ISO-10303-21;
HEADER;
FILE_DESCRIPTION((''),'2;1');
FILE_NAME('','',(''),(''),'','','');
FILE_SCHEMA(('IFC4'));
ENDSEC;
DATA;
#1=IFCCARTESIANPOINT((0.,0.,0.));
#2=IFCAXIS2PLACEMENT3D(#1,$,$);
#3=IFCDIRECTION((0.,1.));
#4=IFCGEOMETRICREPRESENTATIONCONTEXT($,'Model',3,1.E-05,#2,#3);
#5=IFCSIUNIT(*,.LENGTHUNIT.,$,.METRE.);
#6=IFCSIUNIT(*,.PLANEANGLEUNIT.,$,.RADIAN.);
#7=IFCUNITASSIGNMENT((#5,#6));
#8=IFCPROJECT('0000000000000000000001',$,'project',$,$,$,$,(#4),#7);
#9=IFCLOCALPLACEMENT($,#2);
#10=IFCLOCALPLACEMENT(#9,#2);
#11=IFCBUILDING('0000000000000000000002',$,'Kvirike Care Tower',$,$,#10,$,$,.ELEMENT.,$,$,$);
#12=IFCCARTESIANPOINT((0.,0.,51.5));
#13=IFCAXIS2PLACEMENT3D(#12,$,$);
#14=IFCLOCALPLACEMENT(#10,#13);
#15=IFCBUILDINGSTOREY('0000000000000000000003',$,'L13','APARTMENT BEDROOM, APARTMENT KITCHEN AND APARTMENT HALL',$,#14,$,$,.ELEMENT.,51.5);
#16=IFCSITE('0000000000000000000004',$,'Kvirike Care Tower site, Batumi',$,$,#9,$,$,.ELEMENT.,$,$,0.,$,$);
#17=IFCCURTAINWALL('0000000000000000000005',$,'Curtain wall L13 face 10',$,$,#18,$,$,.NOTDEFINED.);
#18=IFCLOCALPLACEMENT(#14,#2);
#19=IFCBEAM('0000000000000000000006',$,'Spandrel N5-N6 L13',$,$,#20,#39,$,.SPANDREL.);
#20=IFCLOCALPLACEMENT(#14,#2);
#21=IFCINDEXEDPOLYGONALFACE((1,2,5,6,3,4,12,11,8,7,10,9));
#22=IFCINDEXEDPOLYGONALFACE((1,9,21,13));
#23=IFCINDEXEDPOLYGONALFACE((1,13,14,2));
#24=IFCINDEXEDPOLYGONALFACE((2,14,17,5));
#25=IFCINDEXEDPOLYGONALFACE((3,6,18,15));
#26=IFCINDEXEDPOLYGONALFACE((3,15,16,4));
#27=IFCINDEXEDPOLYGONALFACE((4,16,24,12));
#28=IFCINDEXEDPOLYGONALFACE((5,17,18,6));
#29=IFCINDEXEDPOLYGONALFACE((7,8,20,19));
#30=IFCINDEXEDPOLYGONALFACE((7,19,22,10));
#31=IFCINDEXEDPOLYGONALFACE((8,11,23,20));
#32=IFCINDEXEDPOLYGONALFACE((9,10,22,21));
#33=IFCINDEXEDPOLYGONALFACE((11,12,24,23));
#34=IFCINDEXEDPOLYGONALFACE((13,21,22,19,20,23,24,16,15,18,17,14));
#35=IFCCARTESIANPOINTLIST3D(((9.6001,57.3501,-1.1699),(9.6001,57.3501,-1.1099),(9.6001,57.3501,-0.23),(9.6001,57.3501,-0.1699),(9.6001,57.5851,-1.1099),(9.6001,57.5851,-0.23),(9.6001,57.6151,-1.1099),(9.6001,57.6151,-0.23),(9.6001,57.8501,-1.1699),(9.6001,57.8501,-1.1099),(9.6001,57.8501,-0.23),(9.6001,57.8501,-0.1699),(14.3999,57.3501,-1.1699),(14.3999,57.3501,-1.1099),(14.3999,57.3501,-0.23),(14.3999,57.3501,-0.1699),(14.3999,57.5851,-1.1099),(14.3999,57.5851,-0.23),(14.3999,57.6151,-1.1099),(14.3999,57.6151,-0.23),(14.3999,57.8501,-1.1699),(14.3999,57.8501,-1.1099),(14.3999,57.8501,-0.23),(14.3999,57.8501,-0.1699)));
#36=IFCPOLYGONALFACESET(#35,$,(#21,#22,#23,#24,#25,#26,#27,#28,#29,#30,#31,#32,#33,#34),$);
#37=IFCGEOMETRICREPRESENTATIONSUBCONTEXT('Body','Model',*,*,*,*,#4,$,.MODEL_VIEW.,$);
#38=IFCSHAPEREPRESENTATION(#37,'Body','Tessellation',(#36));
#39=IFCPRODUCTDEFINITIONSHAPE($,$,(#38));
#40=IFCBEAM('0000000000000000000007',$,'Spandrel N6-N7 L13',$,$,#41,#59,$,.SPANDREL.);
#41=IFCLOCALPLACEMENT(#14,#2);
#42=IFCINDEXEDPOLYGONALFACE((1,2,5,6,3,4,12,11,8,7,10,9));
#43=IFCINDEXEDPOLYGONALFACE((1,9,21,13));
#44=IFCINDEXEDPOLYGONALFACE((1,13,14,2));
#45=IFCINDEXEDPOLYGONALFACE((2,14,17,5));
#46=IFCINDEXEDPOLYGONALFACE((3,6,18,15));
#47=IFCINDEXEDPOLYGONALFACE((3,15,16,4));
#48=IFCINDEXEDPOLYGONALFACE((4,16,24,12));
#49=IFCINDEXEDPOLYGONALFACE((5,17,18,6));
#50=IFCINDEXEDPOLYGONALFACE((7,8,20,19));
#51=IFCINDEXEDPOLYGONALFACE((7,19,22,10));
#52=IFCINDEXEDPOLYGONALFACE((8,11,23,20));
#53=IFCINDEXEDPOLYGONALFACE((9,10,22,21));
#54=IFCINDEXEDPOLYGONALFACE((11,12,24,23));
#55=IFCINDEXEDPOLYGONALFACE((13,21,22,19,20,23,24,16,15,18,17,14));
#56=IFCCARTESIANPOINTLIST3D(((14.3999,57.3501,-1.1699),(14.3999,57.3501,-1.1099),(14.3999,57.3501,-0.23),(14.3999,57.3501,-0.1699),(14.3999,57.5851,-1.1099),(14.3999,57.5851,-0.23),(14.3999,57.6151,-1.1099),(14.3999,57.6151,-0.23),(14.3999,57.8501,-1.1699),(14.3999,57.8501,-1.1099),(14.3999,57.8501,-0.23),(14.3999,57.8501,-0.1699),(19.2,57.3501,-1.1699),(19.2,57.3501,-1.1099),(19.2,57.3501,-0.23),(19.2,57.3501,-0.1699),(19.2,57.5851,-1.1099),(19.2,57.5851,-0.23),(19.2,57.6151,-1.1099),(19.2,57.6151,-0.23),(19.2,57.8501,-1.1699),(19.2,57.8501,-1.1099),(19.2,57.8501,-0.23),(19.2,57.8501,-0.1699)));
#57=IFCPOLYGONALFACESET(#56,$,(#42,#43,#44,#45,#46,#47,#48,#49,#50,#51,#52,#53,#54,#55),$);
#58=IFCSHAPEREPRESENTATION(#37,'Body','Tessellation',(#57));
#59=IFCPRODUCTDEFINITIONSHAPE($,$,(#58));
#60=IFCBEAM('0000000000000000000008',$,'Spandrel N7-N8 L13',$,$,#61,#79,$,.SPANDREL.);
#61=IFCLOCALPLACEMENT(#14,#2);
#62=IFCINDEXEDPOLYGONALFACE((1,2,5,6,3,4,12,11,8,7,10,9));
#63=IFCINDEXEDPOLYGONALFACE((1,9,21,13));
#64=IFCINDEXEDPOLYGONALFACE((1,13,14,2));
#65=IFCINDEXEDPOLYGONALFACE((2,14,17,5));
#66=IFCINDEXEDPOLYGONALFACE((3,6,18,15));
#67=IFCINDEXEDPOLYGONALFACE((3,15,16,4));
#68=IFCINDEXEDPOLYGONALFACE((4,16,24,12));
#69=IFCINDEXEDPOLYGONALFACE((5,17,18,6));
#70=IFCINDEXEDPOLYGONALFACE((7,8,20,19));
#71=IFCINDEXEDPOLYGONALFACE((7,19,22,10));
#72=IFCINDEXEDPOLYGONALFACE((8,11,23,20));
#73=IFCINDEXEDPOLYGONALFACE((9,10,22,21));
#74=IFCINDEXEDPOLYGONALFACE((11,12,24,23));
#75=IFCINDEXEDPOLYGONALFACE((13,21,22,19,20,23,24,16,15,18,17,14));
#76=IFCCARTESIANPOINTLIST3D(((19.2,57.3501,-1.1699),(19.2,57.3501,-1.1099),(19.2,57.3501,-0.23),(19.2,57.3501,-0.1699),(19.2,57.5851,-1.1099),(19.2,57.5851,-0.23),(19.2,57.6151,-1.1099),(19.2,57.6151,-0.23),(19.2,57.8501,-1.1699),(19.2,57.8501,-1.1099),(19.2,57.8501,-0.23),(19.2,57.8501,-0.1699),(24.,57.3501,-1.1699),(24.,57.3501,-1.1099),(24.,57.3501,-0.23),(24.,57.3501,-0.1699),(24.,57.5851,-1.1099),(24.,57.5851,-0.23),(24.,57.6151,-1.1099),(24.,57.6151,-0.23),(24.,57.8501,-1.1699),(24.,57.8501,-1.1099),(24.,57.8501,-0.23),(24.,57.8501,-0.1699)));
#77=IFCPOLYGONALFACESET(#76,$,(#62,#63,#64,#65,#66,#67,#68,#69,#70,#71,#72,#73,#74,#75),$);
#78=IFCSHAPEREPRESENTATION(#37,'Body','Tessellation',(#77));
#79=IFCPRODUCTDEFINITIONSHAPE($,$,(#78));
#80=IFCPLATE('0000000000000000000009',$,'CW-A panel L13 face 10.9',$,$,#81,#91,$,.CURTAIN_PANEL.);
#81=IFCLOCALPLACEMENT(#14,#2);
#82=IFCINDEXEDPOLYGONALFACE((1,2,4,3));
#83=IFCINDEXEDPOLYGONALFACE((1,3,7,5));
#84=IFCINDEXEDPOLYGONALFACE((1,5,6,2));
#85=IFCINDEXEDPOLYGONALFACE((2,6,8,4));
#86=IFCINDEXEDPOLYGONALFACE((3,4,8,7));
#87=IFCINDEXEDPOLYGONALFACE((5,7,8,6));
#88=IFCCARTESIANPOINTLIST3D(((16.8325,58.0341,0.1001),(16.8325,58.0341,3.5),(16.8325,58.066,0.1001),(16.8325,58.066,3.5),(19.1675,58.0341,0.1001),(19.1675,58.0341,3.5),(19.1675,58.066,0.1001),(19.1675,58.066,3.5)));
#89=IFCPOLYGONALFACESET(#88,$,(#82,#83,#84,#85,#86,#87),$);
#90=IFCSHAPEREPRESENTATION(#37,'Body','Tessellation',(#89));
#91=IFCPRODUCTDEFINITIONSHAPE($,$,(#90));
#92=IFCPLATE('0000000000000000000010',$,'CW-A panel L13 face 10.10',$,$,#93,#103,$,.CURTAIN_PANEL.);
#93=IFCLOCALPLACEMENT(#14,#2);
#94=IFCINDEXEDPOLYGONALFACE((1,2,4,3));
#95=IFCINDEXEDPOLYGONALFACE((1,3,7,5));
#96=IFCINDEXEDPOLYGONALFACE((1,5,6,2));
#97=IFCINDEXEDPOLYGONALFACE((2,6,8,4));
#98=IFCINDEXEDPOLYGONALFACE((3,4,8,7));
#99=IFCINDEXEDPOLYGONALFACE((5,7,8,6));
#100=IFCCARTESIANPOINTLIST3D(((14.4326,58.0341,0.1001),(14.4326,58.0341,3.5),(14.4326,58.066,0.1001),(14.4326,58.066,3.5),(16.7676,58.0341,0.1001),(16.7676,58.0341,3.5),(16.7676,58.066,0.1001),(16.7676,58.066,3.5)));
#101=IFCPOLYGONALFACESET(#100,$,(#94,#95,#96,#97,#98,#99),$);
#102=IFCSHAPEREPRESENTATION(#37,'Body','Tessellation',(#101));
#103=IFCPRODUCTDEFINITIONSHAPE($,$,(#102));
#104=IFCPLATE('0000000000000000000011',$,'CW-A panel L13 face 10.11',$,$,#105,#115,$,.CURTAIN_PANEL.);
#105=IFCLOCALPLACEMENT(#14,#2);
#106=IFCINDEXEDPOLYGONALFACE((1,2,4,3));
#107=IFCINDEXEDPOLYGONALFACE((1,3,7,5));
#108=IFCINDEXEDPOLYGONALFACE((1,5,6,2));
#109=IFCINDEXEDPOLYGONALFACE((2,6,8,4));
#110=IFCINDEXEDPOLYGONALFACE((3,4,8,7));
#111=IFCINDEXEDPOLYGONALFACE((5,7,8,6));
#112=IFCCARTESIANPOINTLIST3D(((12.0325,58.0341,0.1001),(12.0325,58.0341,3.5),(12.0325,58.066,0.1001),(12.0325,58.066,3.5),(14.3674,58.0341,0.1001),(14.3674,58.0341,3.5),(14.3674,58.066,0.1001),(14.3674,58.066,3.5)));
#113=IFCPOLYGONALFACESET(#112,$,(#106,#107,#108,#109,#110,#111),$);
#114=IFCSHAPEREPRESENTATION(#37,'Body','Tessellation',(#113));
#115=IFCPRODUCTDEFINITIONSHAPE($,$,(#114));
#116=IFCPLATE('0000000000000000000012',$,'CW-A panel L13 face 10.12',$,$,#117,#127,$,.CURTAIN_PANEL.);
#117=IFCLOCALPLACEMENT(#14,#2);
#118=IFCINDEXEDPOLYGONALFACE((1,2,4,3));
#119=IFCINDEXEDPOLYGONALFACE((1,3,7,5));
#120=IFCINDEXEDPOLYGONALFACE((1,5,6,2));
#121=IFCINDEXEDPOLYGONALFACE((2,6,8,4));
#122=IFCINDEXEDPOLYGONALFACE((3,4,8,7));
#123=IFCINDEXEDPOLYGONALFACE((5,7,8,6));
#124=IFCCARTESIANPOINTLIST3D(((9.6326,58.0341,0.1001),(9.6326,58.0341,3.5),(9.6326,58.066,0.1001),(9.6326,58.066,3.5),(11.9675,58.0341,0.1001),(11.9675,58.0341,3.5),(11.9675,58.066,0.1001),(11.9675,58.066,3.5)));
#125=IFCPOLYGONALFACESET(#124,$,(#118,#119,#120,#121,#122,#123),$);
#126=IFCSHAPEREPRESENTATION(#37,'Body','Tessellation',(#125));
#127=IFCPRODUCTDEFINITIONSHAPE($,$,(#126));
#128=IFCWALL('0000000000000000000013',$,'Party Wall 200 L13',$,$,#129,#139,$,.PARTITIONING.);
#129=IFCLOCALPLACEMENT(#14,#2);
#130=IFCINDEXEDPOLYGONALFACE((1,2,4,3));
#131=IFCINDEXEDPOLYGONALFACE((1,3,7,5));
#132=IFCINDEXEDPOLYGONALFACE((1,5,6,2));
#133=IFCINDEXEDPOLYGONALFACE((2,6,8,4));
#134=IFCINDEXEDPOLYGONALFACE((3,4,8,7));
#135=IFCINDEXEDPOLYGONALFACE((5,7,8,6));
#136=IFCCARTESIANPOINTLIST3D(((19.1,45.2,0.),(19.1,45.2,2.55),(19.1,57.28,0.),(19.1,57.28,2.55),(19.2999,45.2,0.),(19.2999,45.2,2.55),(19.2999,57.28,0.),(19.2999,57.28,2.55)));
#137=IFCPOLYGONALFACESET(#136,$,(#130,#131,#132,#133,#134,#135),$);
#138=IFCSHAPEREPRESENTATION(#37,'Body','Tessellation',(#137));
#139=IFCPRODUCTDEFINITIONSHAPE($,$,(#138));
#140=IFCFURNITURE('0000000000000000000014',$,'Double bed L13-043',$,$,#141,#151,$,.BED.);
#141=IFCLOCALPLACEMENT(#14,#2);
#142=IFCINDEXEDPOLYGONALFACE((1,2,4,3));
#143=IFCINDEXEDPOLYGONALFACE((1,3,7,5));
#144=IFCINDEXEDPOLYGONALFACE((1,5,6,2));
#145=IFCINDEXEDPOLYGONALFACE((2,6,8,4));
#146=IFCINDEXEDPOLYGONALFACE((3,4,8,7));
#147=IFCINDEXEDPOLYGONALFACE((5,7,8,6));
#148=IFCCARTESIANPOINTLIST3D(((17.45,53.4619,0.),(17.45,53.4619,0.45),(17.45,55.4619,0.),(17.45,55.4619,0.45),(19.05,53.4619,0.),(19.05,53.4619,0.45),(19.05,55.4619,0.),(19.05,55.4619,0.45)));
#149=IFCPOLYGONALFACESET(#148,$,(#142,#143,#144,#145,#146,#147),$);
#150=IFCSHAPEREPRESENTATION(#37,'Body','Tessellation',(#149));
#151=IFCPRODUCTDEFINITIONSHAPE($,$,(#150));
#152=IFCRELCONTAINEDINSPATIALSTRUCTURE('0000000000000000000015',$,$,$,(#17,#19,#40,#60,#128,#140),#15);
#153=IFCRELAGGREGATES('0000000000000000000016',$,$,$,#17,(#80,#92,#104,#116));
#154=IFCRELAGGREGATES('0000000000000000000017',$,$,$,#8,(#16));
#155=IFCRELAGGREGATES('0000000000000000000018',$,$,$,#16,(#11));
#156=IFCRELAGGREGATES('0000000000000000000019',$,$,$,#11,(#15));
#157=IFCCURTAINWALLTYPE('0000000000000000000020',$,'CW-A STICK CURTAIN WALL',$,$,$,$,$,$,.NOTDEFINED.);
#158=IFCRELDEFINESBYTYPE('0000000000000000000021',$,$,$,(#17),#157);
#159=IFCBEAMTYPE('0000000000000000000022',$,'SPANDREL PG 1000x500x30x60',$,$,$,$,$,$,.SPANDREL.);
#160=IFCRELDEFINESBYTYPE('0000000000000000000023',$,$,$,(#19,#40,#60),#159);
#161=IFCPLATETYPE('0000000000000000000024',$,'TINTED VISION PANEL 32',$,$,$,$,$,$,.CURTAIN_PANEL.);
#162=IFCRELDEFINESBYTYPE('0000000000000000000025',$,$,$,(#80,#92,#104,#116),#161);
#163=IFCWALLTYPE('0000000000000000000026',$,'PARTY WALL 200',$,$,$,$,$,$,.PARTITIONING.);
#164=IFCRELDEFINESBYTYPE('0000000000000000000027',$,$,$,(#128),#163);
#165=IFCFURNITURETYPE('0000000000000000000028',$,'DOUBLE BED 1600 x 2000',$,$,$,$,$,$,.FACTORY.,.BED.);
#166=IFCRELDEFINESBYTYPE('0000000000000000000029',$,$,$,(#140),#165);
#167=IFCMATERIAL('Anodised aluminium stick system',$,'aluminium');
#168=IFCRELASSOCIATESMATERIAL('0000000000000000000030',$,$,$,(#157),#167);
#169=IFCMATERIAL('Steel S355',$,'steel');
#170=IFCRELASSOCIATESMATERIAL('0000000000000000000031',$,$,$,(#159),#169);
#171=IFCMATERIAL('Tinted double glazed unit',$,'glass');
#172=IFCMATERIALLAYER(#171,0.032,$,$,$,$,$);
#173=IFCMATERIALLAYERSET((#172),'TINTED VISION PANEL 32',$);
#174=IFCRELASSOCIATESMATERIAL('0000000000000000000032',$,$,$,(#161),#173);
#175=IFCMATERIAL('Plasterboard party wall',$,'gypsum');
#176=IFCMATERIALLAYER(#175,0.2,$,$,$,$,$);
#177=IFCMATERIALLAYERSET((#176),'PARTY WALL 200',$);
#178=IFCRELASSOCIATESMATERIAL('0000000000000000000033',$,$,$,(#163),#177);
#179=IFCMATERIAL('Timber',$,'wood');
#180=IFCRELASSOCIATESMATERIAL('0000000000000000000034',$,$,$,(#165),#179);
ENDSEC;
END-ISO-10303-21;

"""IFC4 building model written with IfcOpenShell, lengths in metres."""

from ifc_helpers import new_model, si_unit, direction, frame, frame_2d, origin, origin_2d, place, context, subcontext, project, spatial, rectangle, i_section, extrude, material, layer, layer_set, material_profile, profile_set, type_object, element, aggregate, save


model = new_model("IFC4")

# Units and contexts
model_context = context("Model", 3, precision=1e-05, world=origin(), true_north=direction((0.0, 1.0)))
body_context = subcontext(model_context, "Body", "Model", "MODEL_VIEW")
ifc_project = project(units=[si_unit("LENGTHUNIT", "METRE"), si_unit("PLANEANGLEUNIT", "RADIAN")], contexts=[model_context])

# Site, building, storey
site_placement = place(None, origin())
site = spatial("IfcSite", under=ifc_project, at=site_placement, Name="Kvirike Care Tower site, Batumi", CompositionType="ELEMENT", RefElevation=0.0)
building_placement = place(site_placement, origin())
building = spatial("IfcBuilding", under=site, at=building_placement, Name="Kvirike Care Tower", CompositionType="ELEMENT")
storey_placement = place(building_placement, frame((0.0, 0.0, 51.5)))
storey = spatial("IfcBuildingStorey", under=building, at=storey_placement, Name="L13", Description="APARTMENT BEDROOM, APARTMENT KITCHEN AND APARTMENT HALL", CompositionType="ELEMENT", Elevation=51.5)

# Curtain wall
ifc_material_1 = material(Name="Anodised aluminium stick system", Category="aluminium")
curtain_wall_type = type_object("IfcCurtainWallType", Name="CW-A STICK CURTAIN WALL", PredefinedType="NOTDEFINED", material=ifc_material_1)
curtain_wall_placement = place(storey_placement, origin())
curtain_wall = element("IfcCurtainWall", 1, at=curtain_wall_placement, inside=storey, type_object=curtain_wall_type, Name="Curtain wall L13 face 10", PredefinedType="NOTDEFINED")

# Beams
ifc_material_2 = material(Name="Steel S355", Category="steel")
ifc_material_profile_1 = material_profile(ifc_material_2, i_section(OverallWidth=0.5, OverallDepth=1.0, WebThickness=0.03, FlangeThickness=0.0601, at=origin_2d()), Name="PG 1000x500x30x60")
ifc_profile_set_1 = profile_set([ifc_material_profile_1], Name="Steel S355")
beam_type = type_object("IfcBeamType", Name="SPANDREL PG 1000x500x30x60", PredefinedType="SPANDREL", material=ifc_profile_set_1)
beam_placement = place(storey_placement, frame((9.6001, 57.6001, -0.6699), z_axis=(1.0, 0.0, 0.0), x_axis=(0.0, 1.0, 0.0)))
element("IfcBeam", 2, at=beam_placement, inside=storey, type_object=beam_type, Name="Spandrel N5-N6 L13", PredefinedType="SPANDREL", context=body_context, shape_type="SweptSolid", body=[
    extrude(i_section(OverallWidth=0.5, OverallDepth=1.0, WebThickness=0.03, FlangeThickness=0.0601, at=origin_2d()), origin(), (0.0, 0.0, 1.0), 4.7998),
])
for number, where, z_axis, x_axis, name in (
    (3, (14.3999, 57.6001, -0.6699), (1.0, 0.0, 0.0), (0.0, 1.0, 0.0), "Spandrel N6-N7 L13"),
    (4, (19.2, 57.6001, -0.6699), (1.0, 0.0, 0.0), (0.0, 1.0, 0.0), "Spandrel N7-N8 L13"),
):
    element("IfcBeam", number, at=place(storey_placement, frame(where, z_axis=z_axis, x_axis=x_axis)), inside=storey, type_object=beam_type, Name=name, PredefinedType="SPANDREL", context=body_context, shape_type="SweptSolid", body=[
        extrude(i_section(OverallWidth=0.5, OverallDepth=1.0, WebThickness=0.03, FlangeThickness=0.0601, at=origin_2d()), origin(), (0.0, 0.0, 1.0), 4.8),
    ])

# Plates
ifc_material_3 = material(Name="Tinted double glazed unit", Category="glass")
ifc_layer_1 = layer(ifc_material_3, 0.032)
ifc_layer_set_1 = layer_set([ifc_layer_1], Name="TINTED VISION PANEL 32")
plate_type = type_object("IfcPlateType", Name="TINTED VISION PANEL 32", PredefinedType="CURTAIN_PANEL", material=ifc_layer_set_1)
plate_1_placement = place(storey_placement, frame((18.0, 58.05, 0.1001), z_axis=(0.0, 0.0, 1.0), x_axis=(-1.0, 0.0, 0.0)))
plate_1 = element("IfcPlate", 5, at=plate_1_placement, type_object=plate_type, Name="CW-A panel L13 face 10.9", PredefinedType="CURTAIN_PANEL", context=body_context, shape_type="SweptSolid", body=[
    extrude(rectangle(XDim=2.335, YDim=0.032, at=origin_2d()), origin(), (0.0, 0.0, 1.0), 3.3999),
])
plate_2_placement = place(storey_placement, frame((15.6001, 58.05, 0.1001), z_axis=(0.0, 0.0, 1.0), x_axis=(-1.0, 0.0, 0.0)))
plate_2 = element("IfcPlate", 6, at=plate_2_placement, type_object=plate_type, Name="CW-A panel L13 face 10.10", PredefinedType="CURTAIN_PANEL", context=body_context, shape_type="SweptSolid", body=[
    extrude(rectangle(XDim=2.335, YDim=0.032, at=origin_2d()), origin(), (0.0, 0.0, 1.0), 3.3999),
])
plate_3_placement = place(storey_placement, frame((13.2, 58.05, 0.1001), z_axis=(0.0, 0.0, 1.0), x_axis=(-1.0, 0.0, 0.0)))
plate_3 = element("IfcPlate", 7, at=plate_3_placement, type_object=plate_type, Name="CW-A panel L13 face 10.11", PredefinedType="CURTAIN_PANEL", context=body_context, shape_type="SweptSolid", body=[
    extrude(rectangle(XDim=2.335, YDim=0.032, at=origin_2d()), origin(), (0.0, 0.0, 1.0), 3.3999),
])
plate_4_placement = place(storey_placement, frame((10.8, 58.05, 0.1001), z_axis=(0.0, 0.0, 1.0), x_axis=(-1.0, 0.0, 0.0)))
plate_4 = element("IfcPlate", 8, at=plate_4_placement, type_object=plate_type, Name="CW-A panel L13 face 10.12", PredefinedType="CURTAIN_PANEL", context=body_context, shape_type="SweptSolid", body=[
    extrude(rectangle(XDim=2.335, YDim=0.032, at=origin_2d()), origin(), (0.0, 0.0, 1.0), 3.3999),
])
aggregate(curtain_wall, [plate_1, plate_2, plate_3, plate_4])

# Wall
ifc_material_4 = material(Name="Plasterboard party wall", Category="gypsum")
ifc_layer_2 = layer(ifc_material_4, 0.2)
ifc_layer_set_2 = layer_set([ifc_layer_2], Name="PARTY WALL 200")
wall_type = type_object("IfcWallType", Name="PARTY WALL 200", PredefinedType="PARTITIONING", material=ifc_layer_set_2)
wall_placement = place(storey_placement, frame((19.2, 57.28, 0.0), z_axis=(0.0, 0.0, 1.0), x_axis=(0.0, -1.0, 0.0)))
element("IfcWall", 9, at=wall_placement, inside=storey, type_object=wall_type, Name="Party Wall 200 L13", PredefinedType="PARTITIONING", context=body_context, shape_type="SweptSolid", body=[
    extrude(rectangle(XDim=12.0801, YDim=0.2, at=frame_2d((6.04, 0.0))), origin(), (0.0, 0.0, 1.0), 2.55),
])

# Furniture
ifc_material_5 = material(Name="Timber", Category="wood")
furniture_type = type_object("IfcFurnitureType", Name="DOUBLE BED 1600 x 2000", AssemblyPlace="FACTORY", PredefinedType="BED", material=ifc_material_5)
furniture_placement = place(storey_placement, frame((18.25, 54.4619, 0.0), z_axis=(0.0, 0.0, 1.0), x_axis=(-1.0, 0.0, 0.0)))
element("IfcFurniture", 10, at=furniture_placement, inside=storey, type_object=furniture_type, Name="Double bed L13-043", PredefinedType="BED", context=body_context, shape_type="SweptSolid", body=[
    extrude(rectangle(XDim=1.6001, YDim=2.0, at=origin_2d()), origin(), (0.0, 0.0, 1.0), 0.45),
])

save(model, "model.ifc")
